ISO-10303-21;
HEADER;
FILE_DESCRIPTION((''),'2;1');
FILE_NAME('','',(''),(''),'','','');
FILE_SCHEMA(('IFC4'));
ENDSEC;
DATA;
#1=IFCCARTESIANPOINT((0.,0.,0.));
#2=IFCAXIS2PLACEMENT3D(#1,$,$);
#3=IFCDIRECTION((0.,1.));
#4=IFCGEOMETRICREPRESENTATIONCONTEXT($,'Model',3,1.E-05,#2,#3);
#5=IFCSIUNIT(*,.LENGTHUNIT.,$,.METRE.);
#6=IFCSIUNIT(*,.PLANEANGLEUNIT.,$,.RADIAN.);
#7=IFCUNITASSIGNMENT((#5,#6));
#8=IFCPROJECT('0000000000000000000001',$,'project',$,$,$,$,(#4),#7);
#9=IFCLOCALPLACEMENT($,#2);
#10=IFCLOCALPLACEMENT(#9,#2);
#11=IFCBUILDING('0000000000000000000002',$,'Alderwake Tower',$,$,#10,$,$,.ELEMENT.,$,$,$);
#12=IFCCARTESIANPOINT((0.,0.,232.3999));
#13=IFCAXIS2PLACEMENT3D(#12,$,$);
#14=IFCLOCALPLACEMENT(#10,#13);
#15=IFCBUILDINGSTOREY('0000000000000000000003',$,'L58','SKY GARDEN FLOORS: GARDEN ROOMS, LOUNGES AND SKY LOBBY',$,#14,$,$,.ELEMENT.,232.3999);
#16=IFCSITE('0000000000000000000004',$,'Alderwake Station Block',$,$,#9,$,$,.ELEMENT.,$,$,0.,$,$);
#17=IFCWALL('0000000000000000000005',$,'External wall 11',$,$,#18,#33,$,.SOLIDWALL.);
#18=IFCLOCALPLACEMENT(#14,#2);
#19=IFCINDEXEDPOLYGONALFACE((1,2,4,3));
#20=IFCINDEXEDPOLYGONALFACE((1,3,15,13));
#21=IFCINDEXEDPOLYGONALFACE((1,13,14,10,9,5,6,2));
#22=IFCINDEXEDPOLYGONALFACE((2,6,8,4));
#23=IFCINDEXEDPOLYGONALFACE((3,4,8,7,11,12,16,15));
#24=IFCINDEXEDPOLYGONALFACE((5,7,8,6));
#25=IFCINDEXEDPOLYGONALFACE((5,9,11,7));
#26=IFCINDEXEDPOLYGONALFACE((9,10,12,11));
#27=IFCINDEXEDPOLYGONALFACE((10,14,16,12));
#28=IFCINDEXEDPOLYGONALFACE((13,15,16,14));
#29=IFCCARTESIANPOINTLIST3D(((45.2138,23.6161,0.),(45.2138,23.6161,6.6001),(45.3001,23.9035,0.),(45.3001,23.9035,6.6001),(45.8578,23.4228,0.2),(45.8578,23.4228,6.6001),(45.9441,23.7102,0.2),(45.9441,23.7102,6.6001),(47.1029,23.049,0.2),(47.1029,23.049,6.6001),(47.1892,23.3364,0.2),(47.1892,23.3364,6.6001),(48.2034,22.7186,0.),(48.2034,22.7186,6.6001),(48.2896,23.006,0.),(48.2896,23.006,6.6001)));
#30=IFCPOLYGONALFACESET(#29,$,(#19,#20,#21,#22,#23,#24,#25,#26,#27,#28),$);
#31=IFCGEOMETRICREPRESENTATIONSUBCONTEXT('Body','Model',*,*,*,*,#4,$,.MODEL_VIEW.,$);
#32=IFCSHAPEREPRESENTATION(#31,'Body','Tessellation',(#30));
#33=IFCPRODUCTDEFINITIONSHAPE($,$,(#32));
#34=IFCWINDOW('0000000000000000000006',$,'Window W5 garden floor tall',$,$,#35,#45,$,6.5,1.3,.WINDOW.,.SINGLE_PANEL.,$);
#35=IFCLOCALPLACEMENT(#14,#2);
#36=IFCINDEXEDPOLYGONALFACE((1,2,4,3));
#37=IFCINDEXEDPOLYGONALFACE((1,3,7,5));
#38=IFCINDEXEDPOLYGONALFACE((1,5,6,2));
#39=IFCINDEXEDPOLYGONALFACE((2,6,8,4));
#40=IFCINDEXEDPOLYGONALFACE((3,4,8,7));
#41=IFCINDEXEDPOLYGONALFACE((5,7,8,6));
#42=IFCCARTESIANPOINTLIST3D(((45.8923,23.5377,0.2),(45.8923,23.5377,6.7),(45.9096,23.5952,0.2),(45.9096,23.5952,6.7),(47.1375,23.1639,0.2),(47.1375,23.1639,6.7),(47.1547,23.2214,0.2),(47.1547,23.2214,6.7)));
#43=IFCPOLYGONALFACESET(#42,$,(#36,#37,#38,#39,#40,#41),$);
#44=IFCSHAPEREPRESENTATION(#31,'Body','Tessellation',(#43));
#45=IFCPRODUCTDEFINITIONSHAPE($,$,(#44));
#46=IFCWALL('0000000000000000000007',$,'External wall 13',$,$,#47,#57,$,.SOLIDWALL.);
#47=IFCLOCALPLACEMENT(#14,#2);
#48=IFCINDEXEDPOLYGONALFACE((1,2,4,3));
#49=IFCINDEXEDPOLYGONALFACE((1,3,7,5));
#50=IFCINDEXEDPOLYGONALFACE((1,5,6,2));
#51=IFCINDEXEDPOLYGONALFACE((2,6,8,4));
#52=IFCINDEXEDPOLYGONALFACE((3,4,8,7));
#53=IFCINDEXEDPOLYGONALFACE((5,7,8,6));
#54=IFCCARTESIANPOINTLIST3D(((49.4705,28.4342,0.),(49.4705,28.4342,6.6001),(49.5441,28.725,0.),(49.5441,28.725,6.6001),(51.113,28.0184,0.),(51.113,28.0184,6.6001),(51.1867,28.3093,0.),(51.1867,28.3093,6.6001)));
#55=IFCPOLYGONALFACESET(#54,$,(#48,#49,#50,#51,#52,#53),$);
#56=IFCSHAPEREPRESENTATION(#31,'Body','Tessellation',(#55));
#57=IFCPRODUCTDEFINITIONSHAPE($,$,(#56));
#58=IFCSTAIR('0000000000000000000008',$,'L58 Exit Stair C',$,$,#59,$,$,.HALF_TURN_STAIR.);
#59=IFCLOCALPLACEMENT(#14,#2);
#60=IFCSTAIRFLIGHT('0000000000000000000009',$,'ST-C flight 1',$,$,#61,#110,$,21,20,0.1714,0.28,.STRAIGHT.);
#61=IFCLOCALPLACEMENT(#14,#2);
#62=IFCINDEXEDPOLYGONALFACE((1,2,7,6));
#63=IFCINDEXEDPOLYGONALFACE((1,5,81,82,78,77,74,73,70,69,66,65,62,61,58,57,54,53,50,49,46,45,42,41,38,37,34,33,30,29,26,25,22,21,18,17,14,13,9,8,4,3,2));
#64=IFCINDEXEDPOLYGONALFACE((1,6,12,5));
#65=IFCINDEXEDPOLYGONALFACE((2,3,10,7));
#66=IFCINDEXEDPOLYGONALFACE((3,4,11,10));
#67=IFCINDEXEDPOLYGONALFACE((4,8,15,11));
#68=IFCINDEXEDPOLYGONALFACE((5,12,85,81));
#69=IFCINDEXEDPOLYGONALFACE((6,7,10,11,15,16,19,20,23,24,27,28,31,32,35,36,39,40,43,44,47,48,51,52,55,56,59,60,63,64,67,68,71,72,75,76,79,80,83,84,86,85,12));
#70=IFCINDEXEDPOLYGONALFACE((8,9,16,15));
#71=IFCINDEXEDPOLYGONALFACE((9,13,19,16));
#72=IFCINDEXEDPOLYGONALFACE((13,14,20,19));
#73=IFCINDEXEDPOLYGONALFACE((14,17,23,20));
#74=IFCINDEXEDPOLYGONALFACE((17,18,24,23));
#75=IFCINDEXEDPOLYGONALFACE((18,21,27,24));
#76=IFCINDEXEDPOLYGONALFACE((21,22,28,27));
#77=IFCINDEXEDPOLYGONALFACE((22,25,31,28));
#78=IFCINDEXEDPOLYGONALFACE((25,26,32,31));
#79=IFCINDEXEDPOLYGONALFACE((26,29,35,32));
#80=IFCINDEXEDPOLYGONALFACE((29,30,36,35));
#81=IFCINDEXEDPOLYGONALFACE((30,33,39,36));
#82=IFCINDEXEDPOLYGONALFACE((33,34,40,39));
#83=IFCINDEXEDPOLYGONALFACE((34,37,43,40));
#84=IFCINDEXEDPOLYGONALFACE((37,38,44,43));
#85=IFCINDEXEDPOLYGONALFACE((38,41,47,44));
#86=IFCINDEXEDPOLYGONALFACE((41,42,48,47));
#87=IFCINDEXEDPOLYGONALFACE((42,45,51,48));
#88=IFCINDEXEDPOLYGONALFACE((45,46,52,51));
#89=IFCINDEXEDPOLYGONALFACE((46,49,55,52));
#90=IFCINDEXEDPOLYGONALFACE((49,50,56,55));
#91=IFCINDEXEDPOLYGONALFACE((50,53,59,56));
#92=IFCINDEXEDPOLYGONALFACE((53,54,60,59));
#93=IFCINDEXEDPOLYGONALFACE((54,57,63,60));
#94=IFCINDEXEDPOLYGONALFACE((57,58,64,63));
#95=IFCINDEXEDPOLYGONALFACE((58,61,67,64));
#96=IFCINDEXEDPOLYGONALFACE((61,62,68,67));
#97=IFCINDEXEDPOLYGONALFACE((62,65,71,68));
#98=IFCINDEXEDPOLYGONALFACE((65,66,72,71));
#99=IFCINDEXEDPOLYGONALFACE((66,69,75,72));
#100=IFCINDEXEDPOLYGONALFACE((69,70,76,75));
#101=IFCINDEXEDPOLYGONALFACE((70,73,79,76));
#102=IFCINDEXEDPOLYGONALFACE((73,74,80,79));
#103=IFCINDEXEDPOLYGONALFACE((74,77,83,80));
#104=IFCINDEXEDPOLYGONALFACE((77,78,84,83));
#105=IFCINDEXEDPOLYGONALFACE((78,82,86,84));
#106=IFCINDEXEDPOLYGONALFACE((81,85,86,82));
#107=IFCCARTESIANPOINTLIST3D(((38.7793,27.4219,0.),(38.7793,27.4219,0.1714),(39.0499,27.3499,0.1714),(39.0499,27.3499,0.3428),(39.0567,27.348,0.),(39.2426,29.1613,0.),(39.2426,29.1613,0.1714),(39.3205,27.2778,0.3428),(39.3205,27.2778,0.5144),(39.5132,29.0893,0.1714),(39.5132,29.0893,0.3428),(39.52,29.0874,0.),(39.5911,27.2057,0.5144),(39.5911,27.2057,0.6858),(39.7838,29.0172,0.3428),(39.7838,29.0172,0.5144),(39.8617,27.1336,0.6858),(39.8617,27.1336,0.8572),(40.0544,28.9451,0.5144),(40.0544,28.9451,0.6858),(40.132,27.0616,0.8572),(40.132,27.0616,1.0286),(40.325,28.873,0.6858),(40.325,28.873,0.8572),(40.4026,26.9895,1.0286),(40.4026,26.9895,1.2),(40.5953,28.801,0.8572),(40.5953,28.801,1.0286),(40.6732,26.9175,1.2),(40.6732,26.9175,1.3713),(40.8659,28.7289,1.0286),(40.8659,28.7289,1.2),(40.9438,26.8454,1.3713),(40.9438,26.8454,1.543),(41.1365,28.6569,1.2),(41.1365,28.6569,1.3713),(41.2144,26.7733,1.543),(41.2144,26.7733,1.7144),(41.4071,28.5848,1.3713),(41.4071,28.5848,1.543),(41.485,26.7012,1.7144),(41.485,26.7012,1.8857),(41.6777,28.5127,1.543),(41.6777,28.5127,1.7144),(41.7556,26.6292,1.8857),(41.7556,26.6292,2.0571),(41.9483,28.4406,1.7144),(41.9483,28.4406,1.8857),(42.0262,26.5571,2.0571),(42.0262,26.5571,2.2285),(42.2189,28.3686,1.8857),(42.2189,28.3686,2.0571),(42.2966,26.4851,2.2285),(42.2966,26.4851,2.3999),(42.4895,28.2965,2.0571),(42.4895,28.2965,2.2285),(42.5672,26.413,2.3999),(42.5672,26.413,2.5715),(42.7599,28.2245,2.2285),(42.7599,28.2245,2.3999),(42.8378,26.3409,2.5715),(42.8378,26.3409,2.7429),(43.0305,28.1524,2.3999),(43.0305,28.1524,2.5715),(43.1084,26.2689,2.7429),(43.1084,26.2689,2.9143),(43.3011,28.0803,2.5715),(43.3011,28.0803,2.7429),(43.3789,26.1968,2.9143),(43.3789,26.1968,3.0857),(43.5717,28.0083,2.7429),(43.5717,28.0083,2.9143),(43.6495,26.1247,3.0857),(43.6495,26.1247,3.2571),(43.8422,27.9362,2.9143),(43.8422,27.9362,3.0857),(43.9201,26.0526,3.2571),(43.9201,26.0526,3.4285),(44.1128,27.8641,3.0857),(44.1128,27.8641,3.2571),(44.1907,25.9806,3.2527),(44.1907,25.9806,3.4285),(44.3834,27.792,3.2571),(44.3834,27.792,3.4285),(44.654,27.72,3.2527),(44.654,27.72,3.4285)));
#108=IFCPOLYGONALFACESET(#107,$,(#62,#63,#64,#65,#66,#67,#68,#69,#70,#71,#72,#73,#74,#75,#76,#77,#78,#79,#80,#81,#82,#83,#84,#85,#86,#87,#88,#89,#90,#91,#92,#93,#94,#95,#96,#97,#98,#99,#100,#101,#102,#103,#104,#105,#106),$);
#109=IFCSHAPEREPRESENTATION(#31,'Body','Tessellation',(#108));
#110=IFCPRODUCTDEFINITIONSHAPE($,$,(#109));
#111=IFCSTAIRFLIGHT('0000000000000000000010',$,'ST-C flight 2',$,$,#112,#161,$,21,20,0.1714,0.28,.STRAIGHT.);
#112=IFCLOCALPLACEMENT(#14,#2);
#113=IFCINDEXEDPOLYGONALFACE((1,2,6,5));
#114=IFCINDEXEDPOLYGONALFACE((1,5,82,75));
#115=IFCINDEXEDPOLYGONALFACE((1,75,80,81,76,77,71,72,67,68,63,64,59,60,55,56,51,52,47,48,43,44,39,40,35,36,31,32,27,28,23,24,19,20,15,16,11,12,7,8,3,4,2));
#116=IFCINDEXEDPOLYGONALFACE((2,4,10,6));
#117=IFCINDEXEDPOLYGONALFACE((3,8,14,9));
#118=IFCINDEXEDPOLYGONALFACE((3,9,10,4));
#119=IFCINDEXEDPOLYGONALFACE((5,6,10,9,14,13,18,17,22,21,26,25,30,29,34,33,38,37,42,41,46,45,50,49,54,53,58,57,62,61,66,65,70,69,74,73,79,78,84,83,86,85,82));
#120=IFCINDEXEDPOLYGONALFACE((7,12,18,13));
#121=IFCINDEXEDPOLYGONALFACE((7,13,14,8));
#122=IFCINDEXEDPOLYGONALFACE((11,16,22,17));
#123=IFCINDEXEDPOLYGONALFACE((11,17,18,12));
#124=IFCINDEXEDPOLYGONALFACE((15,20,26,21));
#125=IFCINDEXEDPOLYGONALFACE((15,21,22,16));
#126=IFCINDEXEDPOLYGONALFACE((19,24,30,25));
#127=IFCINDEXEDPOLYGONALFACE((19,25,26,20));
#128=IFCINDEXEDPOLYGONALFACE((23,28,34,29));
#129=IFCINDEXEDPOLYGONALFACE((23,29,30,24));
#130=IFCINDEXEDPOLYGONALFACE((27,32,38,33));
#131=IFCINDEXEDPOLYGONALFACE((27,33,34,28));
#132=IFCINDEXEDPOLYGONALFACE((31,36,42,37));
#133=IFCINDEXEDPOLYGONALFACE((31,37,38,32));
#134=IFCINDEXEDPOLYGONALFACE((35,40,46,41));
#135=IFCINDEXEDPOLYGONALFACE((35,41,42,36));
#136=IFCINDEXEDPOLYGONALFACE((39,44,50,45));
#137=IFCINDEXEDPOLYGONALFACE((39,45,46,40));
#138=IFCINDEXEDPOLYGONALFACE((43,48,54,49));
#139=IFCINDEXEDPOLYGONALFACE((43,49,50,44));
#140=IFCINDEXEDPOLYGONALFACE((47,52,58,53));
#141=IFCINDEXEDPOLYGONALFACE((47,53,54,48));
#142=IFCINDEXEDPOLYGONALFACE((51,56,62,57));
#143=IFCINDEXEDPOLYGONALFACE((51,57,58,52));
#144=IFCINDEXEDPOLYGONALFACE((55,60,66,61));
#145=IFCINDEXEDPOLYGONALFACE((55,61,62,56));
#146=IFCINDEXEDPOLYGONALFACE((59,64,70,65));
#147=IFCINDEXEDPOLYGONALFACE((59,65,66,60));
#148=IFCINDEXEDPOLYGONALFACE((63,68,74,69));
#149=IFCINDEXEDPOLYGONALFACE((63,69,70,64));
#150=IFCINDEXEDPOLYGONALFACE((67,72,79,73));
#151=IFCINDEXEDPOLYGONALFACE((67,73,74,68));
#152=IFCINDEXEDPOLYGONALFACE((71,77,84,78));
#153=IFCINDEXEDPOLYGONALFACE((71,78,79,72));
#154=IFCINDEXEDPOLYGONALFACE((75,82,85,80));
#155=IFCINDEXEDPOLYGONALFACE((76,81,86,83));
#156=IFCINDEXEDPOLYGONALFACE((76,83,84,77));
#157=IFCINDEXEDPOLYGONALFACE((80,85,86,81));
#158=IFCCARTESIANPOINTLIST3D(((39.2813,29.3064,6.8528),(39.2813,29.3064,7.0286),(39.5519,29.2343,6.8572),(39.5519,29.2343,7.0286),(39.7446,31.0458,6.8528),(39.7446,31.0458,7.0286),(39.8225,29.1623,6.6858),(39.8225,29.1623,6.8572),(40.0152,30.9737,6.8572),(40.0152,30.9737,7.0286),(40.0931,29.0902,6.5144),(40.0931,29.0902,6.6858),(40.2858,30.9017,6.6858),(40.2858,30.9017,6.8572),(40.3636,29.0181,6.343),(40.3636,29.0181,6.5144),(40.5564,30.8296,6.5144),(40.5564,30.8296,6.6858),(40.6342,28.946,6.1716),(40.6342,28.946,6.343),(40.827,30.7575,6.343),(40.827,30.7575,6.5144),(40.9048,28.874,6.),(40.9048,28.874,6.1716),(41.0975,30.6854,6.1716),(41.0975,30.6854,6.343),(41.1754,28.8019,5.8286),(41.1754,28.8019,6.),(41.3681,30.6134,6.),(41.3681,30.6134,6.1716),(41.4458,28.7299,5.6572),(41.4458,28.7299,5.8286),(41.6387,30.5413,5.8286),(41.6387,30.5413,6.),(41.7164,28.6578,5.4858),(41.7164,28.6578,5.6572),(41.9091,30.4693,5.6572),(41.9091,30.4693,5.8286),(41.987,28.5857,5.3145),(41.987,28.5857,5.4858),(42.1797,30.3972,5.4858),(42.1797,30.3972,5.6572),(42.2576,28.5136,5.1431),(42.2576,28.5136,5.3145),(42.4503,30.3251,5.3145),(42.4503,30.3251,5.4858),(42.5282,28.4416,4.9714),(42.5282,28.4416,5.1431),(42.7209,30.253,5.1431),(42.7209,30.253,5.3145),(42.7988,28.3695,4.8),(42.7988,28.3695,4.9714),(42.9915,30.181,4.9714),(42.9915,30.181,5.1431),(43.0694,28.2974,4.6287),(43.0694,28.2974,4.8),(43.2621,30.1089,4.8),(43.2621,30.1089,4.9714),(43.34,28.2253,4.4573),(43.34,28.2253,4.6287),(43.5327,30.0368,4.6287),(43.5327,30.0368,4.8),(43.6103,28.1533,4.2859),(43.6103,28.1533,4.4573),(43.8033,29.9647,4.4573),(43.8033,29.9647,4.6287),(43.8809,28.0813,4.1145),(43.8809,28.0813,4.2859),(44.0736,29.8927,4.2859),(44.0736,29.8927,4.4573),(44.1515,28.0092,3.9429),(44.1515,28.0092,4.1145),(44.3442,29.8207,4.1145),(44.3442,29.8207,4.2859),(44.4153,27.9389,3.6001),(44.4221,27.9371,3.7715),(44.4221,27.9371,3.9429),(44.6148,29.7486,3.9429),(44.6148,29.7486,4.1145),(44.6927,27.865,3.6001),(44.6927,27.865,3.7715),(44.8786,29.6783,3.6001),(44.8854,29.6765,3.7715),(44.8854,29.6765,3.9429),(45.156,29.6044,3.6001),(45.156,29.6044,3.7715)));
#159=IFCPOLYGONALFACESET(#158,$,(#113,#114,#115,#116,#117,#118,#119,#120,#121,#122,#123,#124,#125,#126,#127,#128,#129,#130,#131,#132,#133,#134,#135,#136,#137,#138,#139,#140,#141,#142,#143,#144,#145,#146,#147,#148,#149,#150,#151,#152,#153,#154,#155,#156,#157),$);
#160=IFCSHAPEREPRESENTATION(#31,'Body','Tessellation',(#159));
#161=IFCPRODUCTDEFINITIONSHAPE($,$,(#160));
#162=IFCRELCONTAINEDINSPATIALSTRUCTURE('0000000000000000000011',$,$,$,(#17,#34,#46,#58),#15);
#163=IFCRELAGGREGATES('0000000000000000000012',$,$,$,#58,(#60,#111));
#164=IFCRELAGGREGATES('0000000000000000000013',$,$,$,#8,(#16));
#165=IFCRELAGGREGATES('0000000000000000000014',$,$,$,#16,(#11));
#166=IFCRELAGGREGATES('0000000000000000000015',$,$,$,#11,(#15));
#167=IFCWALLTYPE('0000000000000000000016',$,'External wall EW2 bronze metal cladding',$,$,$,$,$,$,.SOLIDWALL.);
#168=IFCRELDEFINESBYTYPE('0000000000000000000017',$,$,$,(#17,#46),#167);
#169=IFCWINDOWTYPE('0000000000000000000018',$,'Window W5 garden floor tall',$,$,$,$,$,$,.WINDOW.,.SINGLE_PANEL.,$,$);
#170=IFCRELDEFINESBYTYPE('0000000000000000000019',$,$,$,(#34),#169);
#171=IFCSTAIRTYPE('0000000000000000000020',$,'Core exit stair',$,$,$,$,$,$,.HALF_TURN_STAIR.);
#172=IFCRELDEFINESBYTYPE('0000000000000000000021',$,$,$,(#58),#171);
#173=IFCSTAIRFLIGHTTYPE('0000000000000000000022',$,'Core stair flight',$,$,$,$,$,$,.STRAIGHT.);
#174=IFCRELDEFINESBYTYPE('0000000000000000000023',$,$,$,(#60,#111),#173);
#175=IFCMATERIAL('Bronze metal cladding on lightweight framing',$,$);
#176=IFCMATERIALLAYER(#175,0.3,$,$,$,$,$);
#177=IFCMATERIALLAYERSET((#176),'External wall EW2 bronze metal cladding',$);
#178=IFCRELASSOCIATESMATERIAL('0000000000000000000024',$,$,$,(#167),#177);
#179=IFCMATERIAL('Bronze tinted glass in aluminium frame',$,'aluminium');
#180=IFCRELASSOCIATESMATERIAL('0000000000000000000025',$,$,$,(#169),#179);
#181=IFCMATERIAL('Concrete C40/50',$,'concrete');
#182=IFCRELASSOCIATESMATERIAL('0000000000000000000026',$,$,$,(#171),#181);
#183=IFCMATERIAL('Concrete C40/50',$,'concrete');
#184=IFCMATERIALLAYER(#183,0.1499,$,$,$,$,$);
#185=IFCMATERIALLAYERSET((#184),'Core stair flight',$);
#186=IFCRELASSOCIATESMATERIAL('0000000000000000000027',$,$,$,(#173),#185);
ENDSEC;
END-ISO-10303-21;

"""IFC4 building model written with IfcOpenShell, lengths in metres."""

from ifc_helpers import new_model, si_unit, direction, frame, frame_2d, origin, place, context, subcontext, project, spatial, polyline, rectangle, outline, extrude, material, layer, layer_set, type_object, element, fill, aggregate, save


model = new_model("IFC4")

# Units and contexts
model_context = context("Model", 3, precision=1e-05, world=origin(), true_north=direction((0.0, 1.0)))
body_context = subcontext(model_context, "Body", "Model", "MODEL_VIEW")
ifc_project = project(units=[si_unit("LENGTHUNIT", "METRE"), si_unit("PLANEANGLEUNIT", "RADIAN")], contexts=[model_context])

# Site, building, storey
site_placement = place(None, origin())
site = spatial("IfcSite", under=ifc_project, at=site_placement, Name="Alderwake Station Block", CompositionType="ELEMENT", RefElevation=0.0)
building_placement = place(site_placement, origin())
building = spatial("IfcBuilding", under=site, at=building_placement, Name="Alderwake Tower", CompositionType="ELEMENT")
storey_placement = place(building_placement, frame((0.0, 0.0, 232.3999)))
storey = spatial("IfcBuildingStorey", under=building, at=storey_placement, Name="L58", Description="SKY GARDEN FLOORS: GARDEN ROOMS, LOUNGES AND SKY LOBBY", CompositionType="ELEMENT", Elevation=232.3999)

# Wall, opening, window
ifc_material_1 = material(Name="Bronze metal cladding on lightweight framing")
ifc_layer_1 = layer(ifc_material_1, 0.3)
ifc_layer_set_1 = layer_set([ifc_layer_1], Name="External wall EW2 bronze metal cladding")
wall_type_1 = type_object("IfcWallType", Name="External wall EW2 bronze metal cladding", PredefinedType="SOLIDWALL", material=ifc_layer_set_1)
wall_1_placement = place(storey_placement, frame((45.2571, 23.7598, 0.0), z_axis=(0.0, 0.0, 1.0), x_axis=(0.957772, -0.287527, 0.0)))
wall_1 = element("IfcWall", 1, at=wall_1_placement, inside=storey, type_object=wall_type_1, Name="External wall 11", PredefinedType="SOLIDWALL", context=body_context, shape_type="SweptSolid", body=[
    extrude(rectangle(XDim=3.1213, YDim=0.3, at=frame_2d((1.5605, 0.0))), origin(), (0.0, 0.0, 1.0), 6.6001),
])
opening_1_placement = place(wall_1_placement, frame((0.6724, 0.0, 0.2)))
opening_1 = element("IfcOpeningElement", 2, at=opening_1_placement, cuts=wall_1, PredefinedType="OPENING", context=body_context, shape_type="SweptSolid", body=[
    extrude(rectangle(XDim=1.3, YDim=6.5, at=frame_2d((0.6499, 3.25))), frame((0.0, 0.1599, 0.0), z_axis=(0.0, -1.0, 0.0), x_axis=(1.0, 0.0, 0.0)), (0.0, 0.0, 1.0), 0.3201),
])
ifc_material_2 = material(Name="Bronze tinted glass in aluminium frame", Category="aluminium")
window_type = type_object("IfcWindowType", Name="Window W5 garden floor tall", PartitioningType="SINGLE_PANEL", PredefinedType="WINDOW", material=ifc_material_2)
window_1_placement = place(opening_1_placement, origin())
window_1 = element("IfcWindow", 3, at=window_1_placement, inside=storey, type_object=window_type, Name="Window W5 garden floor tall", OverallHeight=6.5, OverallWidth=1.3, PartitioningType="SINGLE_PANEL", PredefinedType="WINDOW", context=body_context, shape_type="SweptSolid", body=[
    extrude(rectangle(XDim=1.3, YDim=6.5, at=frame_2d((0.6499, 3.25))), frame((0.0, 0.03, 0.0), z_axis=(0.0, -1.0, 0.0), x_axis=(1.0, 0.0, 0.0)), (0.0, 0.0, 1.0), 0.0601),
])
fill(opening_1, window_1)

# Wall
wall_2_placement = place(storey_placement, frame((49.5073, 28.5796, 0.0), z_axis=(0.0, 0.0, 1.0), x_axis=(0.969426, -0.245382, 0.0)))
element("IfcWall", 4, at=wall_2_placement, inside=storey, type_object=wall_type_1, Name="External wall 13", PredefinedType="SOLIDWALL", context=body_context, shape_type="SweptSolid", body=[
    extrude(rectangle(XDim=1.6943, YDim=0.3, at=frame_2d((0.8472, 0.0))), origin(), (0.0, 0.0, 1.0), 6.6001),
])

# Stair, stair flights
ifc_material_3 = material(Name="Concrete C40/50", Category="concrete")
stair_type = type_object("IfcStairType", Name="Core exit stair", PredefinedType="HALF_TURN_STAIR", material=ifc_material_3)
stair_placement = place(storey_placement, origin())
stair = element("IfcStair", 5, at=stair_placement, inside=storey, type_object=stair_type, Name="L58 Exit Stair C", PredefinedType="HALF_TURN_STAIR")
ifc_material_4 = material(Name="Concrete C40/50", Category="concrete")
ifc_layer_2 = layer(ifc_material_4, 0.1499)
ifc_layer_set_2 = layer_set([ifc_layer_2], Name="Core stair flight")
stair_flight_type = type_object("IfcStairFlightType", Name="Core stair flight", PredefinedType="STRAIGHT", material=ifc_layer_set_2)
stair_flight_1_placement = place(storey_placement, frame((39.011, 28.2917, 0.0), z_axis=(0.0, 0.0, 1.0), x_axis=(0.96631, -0.257382, 0.0)))
stair_flight_1 = element("IfcStairFlight", 6, at=stair_flight_1_placement, type_object=stair_flight_type, Name="ST-C flight 1", NumberOfRisers=21, NumberOfTreads=20, PredefinedType="STRAIGHT", RiserHeight=0.1714, TreadLength=0.28, context=body_context, shape_type="SweptSolid", body=[
    extrude(outline(polyline([(0.0, 0.0), (0.0, 0.1714), (0.28, 0.1714), (0.28, 0.3428), (0.5601, 0.3428), (0.5601, 0.5144), (0.8401, 0.5144), (0.8401, 0.6858), (1.1201, 0.6858), (1.1201, 0.8572), (1.3999, 0.8572), (1.3999, 1.0286), (1.6799, 1.0286), (1.6799, 1.2), (1.96, 1.2), (1.96, 1.3713), (2.24, 1.3713), (2.24, 1.543), (2.52, 1.543), (2.52, 1.7144), (2.8, 1.7144), (2.8, 1.8857), (3.0801, 1.8857), (3.0801, 2.0571), (3.3601, 2.0571), (3.3601, 2.2285), (3.6399, 2.2285), (3.6399, 2.3999), (3.9199, 2.3999), (3.9199, 2.5715), (4.2, 2.5715), (4.2, 2.7429), (4.48, 2.7429), (4.48, 2.9143), (4.76, 2.9143), (4.76, 3.0857), (5.04, 3.0857), (5.04, 3.2571), (5.3201, 3.2571), (5.3201, 3.4285), (5.6001, 3.4285), (5.6001, 3.6001), (5.6001, 3.2527), (0.2871, 0.0), (0.0, 0.0)])), frame((0.0, 0.8999, 0.0), z_axis=(0.0, -1.0, 0.0), x_axis=(1.0, 0.0, 0.0)), (0.0, 0.0, 1.0), 1.8),
])
stair_flight_2_placement = place(storey_placement, frame((44.9243, 28.7346, 3.6001), z_axis=(0.0, 0.0, 1.0), x_axis=(-0.96631, 0.257382, 0.0)))
stair_flight_2 = element("IfcStairFlight", 7, at=stair_flight_2_placement, type_object=stair_flight_type, Name="ST-C flight 2", NumberOfRisers=21, NumberOfTreads=20, PredefinedType="STRAIGHT", RiserHeight=0.1714, TreadLength=0.28, context=body_context, shape_type="SweptSolid", body=[
    extrude(outline(polyline([(0.0, 0.0), (0.0, 0.1714), (0.28, 0.1714), (0.28, 0.3428), (0.5601, 0.3428), (0.5601, 0.5144), (0.8401, 0.5144), (0.8401, 0.6858), (1.1201, 0.6858), (1.1201, 0.8572), (1.3999, 0.8572), (1.3999, 1.0286), (1.6799, 1.0286), (1.6799, 1.2), (1.96, 1.2), (1.96, 1.3713), (2.24, 1.3713), (2.24, 1.543), (2.52, 1.543), (2.52, 1.7144), (2.8, 1.7144), (2.8, 1.8857), (3.0801, 1.8857), (3.0801, 2.0571), (3.3601, 2.0571), (3.3601, 2.2285), (3.6399, 2.2285), (3.6399, 2.3999), (3.9199, 2.3999), (3.9199, 2.5715), (4.2, 2.5715), (4.2, 2.7429), (4.48, 2.7429), (4.48, 2.9143), (4.76, 2.9143), (4.76, 3.0857), (5.04, 3.0857), (5.04, 3.2571), (5.3201, 3.2571), (5.3201, 3.4285), (5.6001, 3.4285), (5.6001, 3.6001), (5.6001, 3.2527), (0.2871, 0.0), (0.0, 0.0)])), frame((0.0, 0.8999, 0.0), z_axis=(0.0, -1.0, 0.0), x_axis=(1.0, 0.0, 0.0)), (0.0, 0.0, 1.0), 1.8),
])
aggregate(stair, [stair_flight_1, stair_flight_2])

save(model, "model.ifc")
